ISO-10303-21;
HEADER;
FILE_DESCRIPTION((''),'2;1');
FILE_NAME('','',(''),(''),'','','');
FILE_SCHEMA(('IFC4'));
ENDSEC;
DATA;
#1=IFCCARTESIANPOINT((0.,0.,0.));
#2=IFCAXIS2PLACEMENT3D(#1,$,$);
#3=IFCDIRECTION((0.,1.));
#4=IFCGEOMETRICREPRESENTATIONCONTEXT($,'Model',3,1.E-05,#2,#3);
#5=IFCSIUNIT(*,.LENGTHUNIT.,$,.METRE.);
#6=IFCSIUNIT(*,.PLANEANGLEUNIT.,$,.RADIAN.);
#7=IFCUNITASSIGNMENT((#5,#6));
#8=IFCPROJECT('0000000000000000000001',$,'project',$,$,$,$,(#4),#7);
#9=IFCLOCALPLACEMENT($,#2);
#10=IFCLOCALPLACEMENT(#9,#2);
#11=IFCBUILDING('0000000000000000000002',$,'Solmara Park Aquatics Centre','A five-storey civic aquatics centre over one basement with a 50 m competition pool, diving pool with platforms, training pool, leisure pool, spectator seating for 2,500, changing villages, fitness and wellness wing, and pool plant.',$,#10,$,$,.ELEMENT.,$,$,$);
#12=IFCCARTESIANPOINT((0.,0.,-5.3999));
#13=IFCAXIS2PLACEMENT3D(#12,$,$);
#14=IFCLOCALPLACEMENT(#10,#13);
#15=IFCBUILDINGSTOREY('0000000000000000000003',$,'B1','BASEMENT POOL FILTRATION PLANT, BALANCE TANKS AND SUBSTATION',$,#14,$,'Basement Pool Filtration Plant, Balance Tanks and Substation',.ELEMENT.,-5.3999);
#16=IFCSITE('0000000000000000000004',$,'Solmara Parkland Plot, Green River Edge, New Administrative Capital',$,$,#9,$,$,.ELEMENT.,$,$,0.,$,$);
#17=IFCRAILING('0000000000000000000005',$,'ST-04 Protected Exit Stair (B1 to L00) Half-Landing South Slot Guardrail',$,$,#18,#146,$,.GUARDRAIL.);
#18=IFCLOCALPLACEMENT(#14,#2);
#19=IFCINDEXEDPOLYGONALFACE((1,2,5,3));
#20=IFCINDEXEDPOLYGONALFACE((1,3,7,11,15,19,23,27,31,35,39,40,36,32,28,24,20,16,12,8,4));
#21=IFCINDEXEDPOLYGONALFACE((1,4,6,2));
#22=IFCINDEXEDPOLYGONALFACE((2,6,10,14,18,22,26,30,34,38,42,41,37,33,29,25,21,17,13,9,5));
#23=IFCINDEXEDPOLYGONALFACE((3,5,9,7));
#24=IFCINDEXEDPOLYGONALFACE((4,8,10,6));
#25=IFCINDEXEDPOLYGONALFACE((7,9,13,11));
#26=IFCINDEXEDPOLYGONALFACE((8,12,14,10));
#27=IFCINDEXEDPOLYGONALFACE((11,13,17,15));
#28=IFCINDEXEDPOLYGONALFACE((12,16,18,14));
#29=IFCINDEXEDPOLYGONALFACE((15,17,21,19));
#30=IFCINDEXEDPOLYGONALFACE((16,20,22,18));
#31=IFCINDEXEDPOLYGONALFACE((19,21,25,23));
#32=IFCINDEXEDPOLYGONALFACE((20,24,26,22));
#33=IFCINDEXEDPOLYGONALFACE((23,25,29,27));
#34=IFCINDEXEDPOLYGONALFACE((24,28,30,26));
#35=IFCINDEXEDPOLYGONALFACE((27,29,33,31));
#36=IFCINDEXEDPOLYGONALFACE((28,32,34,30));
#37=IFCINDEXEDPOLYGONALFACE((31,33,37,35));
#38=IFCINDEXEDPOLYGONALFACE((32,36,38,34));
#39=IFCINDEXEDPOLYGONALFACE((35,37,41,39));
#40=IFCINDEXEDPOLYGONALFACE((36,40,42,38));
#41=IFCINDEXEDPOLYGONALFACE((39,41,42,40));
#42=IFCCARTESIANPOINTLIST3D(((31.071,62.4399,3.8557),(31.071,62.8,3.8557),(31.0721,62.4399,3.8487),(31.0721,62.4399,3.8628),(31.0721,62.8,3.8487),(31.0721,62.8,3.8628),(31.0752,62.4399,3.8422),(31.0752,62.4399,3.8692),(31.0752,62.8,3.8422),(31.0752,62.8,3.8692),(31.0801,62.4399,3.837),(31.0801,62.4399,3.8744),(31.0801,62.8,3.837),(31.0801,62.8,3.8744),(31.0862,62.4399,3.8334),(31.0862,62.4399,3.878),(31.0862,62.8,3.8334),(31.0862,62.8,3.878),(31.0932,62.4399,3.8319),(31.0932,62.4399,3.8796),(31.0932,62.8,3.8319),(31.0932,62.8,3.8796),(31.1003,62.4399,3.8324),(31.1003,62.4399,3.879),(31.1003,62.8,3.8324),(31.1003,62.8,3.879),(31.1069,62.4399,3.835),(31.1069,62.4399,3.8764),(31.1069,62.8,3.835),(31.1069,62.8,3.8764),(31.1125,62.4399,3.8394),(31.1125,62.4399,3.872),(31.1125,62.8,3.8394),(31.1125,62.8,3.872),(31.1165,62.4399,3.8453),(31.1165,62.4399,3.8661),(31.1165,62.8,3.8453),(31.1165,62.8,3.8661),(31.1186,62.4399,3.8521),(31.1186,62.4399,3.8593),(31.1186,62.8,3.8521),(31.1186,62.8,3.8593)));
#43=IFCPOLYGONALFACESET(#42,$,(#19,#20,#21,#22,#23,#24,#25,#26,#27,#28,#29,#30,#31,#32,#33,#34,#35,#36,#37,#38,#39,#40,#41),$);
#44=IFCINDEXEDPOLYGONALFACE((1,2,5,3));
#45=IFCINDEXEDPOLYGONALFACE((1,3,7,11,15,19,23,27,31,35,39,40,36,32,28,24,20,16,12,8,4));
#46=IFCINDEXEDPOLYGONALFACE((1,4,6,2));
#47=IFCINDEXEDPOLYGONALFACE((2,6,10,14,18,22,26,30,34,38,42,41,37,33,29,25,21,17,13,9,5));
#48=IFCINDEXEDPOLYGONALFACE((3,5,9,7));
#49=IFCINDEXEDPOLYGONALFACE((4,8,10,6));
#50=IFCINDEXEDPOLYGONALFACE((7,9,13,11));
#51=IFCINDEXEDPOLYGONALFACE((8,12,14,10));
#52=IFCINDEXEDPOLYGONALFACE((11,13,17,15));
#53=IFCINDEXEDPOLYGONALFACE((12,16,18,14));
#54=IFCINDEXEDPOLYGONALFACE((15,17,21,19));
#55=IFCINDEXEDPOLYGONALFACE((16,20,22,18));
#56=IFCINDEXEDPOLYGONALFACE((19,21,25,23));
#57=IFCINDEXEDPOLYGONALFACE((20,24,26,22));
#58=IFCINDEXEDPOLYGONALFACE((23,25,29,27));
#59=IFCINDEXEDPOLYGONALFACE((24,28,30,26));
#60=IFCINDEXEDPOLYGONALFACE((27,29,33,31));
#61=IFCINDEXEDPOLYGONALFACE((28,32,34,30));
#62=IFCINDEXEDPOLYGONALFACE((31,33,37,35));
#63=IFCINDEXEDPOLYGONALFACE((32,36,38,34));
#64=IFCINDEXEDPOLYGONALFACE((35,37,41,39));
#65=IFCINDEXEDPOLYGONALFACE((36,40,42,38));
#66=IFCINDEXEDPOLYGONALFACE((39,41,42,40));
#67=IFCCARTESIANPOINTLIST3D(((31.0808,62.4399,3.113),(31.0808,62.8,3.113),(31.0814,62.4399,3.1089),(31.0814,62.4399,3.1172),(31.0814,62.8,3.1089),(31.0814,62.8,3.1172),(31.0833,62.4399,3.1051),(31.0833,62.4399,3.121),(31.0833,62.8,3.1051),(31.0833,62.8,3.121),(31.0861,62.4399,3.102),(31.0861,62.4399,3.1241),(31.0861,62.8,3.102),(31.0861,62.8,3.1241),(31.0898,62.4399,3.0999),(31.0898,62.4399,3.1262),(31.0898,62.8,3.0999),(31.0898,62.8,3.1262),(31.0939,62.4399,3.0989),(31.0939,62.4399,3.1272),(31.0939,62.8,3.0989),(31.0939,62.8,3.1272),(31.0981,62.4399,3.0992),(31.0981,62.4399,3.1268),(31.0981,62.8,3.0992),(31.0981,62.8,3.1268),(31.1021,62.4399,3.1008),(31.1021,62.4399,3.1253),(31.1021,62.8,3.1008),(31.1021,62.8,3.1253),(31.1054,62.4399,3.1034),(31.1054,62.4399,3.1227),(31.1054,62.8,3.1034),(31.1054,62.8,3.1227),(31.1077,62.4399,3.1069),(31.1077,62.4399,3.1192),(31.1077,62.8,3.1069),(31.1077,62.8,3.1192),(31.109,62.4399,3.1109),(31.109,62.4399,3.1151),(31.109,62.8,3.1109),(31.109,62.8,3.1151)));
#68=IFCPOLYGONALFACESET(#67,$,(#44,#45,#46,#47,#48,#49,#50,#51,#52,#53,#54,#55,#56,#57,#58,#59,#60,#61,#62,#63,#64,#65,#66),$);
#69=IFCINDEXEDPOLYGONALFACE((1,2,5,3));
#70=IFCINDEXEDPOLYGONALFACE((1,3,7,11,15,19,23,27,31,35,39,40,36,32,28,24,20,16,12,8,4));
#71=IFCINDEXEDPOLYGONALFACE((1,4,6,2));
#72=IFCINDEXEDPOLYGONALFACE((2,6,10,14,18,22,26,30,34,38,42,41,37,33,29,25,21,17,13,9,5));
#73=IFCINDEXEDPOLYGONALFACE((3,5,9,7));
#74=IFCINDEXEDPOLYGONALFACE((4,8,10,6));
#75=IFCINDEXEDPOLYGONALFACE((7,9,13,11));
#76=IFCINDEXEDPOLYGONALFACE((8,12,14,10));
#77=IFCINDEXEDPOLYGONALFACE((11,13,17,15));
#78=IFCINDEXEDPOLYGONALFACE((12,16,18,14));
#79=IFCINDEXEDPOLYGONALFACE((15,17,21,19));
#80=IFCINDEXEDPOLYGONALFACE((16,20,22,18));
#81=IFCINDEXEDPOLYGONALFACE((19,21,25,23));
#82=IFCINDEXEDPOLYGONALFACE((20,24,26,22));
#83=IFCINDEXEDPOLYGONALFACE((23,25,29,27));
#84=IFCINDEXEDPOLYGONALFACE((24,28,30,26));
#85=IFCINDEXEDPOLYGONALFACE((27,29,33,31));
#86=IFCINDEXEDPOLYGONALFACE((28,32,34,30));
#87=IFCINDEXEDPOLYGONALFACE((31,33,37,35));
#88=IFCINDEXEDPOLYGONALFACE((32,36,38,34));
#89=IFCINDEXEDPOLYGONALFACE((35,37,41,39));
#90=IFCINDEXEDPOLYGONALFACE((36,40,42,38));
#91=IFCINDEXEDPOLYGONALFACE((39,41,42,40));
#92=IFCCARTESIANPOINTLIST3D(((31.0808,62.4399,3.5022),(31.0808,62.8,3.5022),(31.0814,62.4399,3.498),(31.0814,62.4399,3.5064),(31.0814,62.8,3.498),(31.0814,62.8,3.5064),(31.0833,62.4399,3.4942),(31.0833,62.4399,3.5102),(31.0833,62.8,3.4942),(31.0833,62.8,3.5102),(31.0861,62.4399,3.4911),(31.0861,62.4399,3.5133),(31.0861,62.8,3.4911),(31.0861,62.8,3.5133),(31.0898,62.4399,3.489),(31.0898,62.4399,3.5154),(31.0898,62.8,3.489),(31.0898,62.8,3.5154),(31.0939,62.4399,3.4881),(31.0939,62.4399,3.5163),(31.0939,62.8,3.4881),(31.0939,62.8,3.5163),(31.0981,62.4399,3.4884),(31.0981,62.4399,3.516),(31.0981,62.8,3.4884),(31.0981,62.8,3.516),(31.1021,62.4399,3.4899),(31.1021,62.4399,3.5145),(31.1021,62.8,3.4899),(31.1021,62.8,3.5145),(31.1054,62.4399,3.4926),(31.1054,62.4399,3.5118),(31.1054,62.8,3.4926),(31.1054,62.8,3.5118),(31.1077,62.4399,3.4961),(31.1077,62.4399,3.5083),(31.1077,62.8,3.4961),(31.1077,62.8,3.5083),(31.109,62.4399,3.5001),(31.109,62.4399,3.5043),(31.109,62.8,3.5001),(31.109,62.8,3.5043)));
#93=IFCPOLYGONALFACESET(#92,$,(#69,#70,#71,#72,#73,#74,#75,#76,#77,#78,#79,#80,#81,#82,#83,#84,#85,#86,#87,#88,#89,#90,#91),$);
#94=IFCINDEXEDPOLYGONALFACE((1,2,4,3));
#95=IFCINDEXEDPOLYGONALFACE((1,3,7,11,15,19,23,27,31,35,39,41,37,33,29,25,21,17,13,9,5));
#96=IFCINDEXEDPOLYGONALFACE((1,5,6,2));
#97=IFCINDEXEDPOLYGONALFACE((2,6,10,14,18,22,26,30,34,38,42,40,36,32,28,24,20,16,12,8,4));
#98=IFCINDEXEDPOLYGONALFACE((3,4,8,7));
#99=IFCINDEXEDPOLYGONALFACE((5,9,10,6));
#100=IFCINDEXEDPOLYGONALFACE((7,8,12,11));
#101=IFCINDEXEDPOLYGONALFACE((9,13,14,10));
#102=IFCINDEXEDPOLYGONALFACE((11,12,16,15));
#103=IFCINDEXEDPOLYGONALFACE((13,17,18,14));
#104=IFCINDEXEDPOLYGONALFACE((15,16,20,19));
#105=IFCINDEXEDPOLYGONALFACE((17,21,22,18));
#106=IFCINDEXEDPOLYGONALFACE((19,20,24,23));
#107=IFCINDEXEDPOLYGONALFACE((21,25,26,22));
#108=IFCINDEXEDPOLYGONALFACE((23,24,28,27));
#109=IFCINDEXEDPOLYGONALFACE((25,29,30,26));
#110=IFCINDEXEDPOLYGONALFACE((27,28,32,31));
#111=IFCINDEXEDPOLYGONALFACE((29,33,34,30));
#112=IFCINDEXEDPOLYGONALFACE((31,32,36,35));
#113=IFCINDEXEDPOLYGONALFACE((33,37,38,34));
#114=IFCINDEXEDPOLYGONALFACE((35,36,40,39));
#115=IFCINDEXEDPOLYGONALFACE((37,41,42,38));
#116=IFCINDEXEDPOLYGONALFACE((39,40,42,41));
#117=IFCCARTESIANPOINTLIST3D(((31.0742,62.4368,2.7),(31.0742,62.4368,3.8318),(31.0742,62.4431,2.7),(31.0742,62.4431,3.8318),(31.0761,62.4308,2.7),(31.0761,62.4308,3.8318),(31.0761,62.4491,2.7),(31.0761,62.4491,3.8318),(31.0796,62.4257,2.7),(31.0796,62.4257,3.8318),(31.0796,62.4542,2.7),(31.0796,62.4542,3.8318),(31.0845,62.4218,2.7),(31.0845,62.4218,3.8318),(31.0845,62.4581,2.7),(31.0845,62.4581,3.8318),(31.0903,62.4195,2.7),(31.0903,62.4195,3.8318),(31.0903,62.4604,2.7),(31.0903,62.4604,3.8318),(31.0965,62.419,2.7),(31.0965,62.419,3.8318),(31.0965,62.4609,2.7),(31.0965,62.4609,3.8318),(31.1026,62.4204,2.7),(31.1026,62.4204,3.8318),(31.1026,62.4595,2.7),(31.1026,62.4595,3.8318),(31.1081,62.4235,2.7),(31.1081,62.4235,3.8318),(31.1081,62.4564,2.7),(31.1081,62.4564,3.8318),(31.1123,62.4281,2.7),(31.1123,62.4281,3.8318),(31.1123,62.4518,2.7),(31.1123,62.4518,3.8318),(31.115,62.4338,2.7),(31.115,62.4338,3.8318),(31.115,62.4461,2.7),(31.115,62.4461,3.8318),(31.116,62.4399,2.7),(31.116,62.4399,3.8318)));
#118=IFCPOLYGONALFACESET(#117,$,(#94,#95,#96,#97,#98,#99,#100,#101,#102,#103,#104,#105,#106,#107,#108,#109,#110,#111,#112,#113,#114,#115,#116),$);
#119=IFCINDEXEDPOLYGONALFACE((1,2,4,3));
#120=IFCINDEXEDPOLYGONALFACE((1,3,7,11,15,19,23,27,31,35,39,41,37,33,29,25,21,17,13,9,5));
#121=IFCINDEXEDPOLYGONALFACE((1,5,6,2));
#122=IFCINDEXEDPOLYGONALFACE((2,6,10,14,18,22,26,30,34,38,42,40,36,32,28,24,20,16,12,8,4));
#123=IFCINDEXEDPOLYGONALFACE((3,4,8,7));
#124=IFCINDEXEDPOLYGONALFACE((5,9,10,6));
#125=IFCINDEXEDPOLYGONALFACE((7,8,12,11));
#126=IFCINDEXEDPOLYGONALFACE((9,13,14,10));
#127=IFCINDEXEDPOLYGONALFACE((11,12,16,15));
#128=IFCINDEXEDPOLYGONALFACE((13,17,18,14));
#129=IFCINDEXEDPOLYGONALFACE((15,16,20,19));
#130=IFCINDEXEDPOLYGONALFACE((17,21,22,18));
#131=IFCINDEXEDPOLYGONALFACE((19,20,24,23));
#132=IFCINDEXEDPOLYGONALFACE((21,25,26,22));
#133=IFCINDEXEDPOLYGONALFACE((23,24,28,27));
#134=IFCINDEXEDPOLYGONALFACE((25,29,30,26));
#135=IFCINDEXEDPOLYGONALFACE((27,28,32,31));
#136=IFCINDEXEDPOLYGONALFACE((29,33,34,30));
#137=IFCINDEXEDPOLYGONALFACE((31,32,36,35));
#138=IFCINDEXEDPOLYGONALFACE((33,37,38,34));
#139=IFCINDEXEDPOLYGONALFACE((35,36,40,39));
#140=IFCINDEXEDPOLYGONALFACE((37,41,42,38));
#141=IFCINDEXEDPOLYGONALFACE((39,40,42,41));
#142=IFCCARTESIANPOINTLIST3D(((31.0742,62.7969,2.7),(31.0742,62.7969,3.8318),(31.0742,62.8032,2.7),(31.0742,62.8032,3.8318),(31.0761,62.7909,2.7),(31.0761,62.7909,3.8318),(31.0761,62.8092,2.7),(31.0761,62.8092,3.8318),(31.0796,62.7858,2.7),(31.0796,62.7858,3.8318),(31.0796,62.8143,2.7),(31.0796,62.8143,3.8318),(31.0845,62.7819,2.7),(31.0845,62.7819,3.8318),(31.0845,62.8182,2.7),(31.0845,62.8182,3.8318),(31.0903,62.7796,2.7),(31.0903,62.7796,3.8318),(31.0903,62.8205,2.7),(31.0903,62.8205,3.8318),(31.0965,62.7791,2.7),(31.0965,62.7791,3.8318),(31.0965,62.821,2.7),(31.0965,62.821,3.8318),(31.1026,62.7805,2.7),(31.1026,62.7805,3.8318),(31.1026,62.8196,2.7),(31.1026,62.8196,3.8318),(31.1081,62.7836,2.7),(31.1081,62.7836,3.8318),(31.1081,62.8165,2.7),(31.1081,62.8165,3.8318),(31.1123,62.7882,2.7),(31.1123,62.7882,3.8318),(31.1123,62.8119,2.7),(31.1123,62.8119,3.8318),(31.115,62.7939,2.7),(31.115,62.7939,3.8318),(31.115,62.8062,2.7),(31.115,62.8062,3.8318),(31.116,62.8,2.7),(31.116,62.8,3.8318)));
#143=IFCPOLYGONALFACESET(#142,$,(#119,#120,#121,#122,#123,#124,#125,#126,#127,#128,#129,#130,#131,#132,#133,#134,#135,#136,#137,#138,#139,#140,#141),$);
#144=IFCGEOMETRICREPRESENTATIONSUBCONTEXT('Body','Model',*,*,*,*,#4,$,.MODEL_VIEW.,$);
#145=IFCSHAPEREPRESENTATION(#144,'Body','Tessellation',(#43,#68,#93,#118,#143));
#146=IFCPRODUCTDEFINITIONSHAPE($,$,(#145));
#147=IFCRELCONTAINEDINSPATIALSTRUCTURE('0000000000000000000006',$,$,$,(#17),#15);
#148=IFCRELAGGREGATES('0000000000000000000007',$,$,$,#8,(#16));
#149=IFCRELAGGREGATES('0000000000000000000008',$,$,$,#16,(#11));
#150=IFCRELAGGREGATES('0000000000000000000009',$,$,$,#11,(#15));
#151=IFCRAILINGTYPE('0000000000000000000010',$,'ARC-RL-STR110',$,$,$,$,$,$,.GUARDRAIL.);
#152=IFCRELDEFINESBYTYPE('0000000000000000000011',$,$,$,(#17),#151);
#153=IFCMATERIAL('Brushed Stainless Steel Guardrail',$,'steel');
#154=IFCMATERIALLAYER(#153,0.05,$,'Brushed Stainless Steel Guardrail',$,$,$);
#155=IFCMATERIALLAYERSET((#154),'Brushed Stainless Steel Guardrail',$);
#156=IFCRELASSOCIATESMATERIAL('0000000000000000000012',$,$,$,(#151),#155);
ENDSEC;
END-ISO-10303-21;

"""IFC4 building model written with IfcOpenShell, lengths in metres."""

from ifc_helpers import new_model, si_unit, direction, frame, origin, origin_2d, place, context, subcontext, project, spatial, circle, extrude, material, layer, layer_set, type_object, element, save


model = new_model("IFC4")

# Units and contexts
model_context = context("Model", 3, precision=1e-05, world=origin(), true_north=direction((0.0, 1.0)))
body_context = subcontext(model_context, "Body", "Model", "MODEL_VIEW")
ifc_project = project(units=[si_unit("LENGTHUNIT", "METRE"), si_unit("PLANEANGLEUNIT", "RADIAN")], contexts=[model_context])

# Site, building, storey
site_placement = place(None, origin())
site = spatial("IfcSite", under=ifc_project, at=site_placement, Name="Solmara Parkland Plot, Green River Edge, New Administrative Capital", CompositionType="ELEMENT", RefElevation=0.0)
building_placement = place(site_placement, origin())
building = spatial("IfcBuilding", under=site, at=building_placement, Name="Solmara Park Aquatics Centre", Description="A five-storey civic aquatics centre over one basement with a 50 m competition pool, diving pool with platforms, training pool, leisure pool, spectator seating for 2,500, changing villages, fitness and wellness wing, and pool plant.", CompositionType="ELEMENT")
storey_placement = place(building_placement, frame((0.0, 0.0, -5.3999)))
storey = spatial("IfcBuildingStorey", under=building, at=storey_placement, Name="B1", Description="BASEMENT POOL FILTRATION PLANT, BALANCE TANKS AND SUBSTATION", LongName="Basement Pool Filtration Plant, Balance Tanks and Substation", CompositionType="ELEMENT", Elevation=-5.3999)

# Railing
ifc_material_1 = material(Name="Brushed Stainless Steel Guardrail", Category="steel")
ifc_layer_1 = layer(ifc_material_1, 0.05, Name="Brushed Stainless Steel Guardrail")
ifc_layer_set_1 = layer_set([ifc_layer_1], Name="Brushed Stainless Steel Guardrail")
railing_type = type_object("IfcRailingType", Name="ARC-RL-STR110", PredefinedType="GUARDRAIL", material=ifc_layer_set_1)
railing_placement = place(storey_placement, frame((31.095, 62.4399, 2.7)))
element("IfcRailing", 1, at=railing_placement, inside=storey, type_object=railing_type, Name="ST-04 Protected Exit Stair (B1 to L00) Half-Landing South Slot Guardrail", PredefinedType="GUARDRAIL", context=body_context, shape_type="SweptSolid", body=[
    extrude(circle(Radius=0.0239, at=origin_2d()), frame((0.0, 0.0, 1.1558), z_axis=(0.0, 1.0, 0.0), x_axis=(-1.0, 0.0, 0.0)), (0.0, 0.0, 1.0), 0.3601),
    extrude(circle(Radius=0.0142, at=origin_2d()), frame((0.0, 0.0, 0.4131), z_axis=(0.0, 1.0, 0.0), x_axis=(-1.0, 0.0, 0.0)), (0.0, 0.0, 1.0), 0.3601),
    extrude(circle(Radius=0.0142, at=origin_2d()), frame((0.0, 0.0, 0.8022), z_axis=(0.0, 1.0, 0.0), x_axis=(-1.0, 0.0, 0.0)), (0.0, 0.0, 1.0), 0.3601),
    extrude(circle(Radius=0.021, at=origin_2d()), origin(), (0.0, 0.0, 1.0), 1.1318),
    extrude(circle(Radius=0.021, at=origin_2d()), frame((0.0, 0.3601, 0.0)), (0.0, 0.0, 1.0), 1.1318),
])

save(model, "model.ifc")
